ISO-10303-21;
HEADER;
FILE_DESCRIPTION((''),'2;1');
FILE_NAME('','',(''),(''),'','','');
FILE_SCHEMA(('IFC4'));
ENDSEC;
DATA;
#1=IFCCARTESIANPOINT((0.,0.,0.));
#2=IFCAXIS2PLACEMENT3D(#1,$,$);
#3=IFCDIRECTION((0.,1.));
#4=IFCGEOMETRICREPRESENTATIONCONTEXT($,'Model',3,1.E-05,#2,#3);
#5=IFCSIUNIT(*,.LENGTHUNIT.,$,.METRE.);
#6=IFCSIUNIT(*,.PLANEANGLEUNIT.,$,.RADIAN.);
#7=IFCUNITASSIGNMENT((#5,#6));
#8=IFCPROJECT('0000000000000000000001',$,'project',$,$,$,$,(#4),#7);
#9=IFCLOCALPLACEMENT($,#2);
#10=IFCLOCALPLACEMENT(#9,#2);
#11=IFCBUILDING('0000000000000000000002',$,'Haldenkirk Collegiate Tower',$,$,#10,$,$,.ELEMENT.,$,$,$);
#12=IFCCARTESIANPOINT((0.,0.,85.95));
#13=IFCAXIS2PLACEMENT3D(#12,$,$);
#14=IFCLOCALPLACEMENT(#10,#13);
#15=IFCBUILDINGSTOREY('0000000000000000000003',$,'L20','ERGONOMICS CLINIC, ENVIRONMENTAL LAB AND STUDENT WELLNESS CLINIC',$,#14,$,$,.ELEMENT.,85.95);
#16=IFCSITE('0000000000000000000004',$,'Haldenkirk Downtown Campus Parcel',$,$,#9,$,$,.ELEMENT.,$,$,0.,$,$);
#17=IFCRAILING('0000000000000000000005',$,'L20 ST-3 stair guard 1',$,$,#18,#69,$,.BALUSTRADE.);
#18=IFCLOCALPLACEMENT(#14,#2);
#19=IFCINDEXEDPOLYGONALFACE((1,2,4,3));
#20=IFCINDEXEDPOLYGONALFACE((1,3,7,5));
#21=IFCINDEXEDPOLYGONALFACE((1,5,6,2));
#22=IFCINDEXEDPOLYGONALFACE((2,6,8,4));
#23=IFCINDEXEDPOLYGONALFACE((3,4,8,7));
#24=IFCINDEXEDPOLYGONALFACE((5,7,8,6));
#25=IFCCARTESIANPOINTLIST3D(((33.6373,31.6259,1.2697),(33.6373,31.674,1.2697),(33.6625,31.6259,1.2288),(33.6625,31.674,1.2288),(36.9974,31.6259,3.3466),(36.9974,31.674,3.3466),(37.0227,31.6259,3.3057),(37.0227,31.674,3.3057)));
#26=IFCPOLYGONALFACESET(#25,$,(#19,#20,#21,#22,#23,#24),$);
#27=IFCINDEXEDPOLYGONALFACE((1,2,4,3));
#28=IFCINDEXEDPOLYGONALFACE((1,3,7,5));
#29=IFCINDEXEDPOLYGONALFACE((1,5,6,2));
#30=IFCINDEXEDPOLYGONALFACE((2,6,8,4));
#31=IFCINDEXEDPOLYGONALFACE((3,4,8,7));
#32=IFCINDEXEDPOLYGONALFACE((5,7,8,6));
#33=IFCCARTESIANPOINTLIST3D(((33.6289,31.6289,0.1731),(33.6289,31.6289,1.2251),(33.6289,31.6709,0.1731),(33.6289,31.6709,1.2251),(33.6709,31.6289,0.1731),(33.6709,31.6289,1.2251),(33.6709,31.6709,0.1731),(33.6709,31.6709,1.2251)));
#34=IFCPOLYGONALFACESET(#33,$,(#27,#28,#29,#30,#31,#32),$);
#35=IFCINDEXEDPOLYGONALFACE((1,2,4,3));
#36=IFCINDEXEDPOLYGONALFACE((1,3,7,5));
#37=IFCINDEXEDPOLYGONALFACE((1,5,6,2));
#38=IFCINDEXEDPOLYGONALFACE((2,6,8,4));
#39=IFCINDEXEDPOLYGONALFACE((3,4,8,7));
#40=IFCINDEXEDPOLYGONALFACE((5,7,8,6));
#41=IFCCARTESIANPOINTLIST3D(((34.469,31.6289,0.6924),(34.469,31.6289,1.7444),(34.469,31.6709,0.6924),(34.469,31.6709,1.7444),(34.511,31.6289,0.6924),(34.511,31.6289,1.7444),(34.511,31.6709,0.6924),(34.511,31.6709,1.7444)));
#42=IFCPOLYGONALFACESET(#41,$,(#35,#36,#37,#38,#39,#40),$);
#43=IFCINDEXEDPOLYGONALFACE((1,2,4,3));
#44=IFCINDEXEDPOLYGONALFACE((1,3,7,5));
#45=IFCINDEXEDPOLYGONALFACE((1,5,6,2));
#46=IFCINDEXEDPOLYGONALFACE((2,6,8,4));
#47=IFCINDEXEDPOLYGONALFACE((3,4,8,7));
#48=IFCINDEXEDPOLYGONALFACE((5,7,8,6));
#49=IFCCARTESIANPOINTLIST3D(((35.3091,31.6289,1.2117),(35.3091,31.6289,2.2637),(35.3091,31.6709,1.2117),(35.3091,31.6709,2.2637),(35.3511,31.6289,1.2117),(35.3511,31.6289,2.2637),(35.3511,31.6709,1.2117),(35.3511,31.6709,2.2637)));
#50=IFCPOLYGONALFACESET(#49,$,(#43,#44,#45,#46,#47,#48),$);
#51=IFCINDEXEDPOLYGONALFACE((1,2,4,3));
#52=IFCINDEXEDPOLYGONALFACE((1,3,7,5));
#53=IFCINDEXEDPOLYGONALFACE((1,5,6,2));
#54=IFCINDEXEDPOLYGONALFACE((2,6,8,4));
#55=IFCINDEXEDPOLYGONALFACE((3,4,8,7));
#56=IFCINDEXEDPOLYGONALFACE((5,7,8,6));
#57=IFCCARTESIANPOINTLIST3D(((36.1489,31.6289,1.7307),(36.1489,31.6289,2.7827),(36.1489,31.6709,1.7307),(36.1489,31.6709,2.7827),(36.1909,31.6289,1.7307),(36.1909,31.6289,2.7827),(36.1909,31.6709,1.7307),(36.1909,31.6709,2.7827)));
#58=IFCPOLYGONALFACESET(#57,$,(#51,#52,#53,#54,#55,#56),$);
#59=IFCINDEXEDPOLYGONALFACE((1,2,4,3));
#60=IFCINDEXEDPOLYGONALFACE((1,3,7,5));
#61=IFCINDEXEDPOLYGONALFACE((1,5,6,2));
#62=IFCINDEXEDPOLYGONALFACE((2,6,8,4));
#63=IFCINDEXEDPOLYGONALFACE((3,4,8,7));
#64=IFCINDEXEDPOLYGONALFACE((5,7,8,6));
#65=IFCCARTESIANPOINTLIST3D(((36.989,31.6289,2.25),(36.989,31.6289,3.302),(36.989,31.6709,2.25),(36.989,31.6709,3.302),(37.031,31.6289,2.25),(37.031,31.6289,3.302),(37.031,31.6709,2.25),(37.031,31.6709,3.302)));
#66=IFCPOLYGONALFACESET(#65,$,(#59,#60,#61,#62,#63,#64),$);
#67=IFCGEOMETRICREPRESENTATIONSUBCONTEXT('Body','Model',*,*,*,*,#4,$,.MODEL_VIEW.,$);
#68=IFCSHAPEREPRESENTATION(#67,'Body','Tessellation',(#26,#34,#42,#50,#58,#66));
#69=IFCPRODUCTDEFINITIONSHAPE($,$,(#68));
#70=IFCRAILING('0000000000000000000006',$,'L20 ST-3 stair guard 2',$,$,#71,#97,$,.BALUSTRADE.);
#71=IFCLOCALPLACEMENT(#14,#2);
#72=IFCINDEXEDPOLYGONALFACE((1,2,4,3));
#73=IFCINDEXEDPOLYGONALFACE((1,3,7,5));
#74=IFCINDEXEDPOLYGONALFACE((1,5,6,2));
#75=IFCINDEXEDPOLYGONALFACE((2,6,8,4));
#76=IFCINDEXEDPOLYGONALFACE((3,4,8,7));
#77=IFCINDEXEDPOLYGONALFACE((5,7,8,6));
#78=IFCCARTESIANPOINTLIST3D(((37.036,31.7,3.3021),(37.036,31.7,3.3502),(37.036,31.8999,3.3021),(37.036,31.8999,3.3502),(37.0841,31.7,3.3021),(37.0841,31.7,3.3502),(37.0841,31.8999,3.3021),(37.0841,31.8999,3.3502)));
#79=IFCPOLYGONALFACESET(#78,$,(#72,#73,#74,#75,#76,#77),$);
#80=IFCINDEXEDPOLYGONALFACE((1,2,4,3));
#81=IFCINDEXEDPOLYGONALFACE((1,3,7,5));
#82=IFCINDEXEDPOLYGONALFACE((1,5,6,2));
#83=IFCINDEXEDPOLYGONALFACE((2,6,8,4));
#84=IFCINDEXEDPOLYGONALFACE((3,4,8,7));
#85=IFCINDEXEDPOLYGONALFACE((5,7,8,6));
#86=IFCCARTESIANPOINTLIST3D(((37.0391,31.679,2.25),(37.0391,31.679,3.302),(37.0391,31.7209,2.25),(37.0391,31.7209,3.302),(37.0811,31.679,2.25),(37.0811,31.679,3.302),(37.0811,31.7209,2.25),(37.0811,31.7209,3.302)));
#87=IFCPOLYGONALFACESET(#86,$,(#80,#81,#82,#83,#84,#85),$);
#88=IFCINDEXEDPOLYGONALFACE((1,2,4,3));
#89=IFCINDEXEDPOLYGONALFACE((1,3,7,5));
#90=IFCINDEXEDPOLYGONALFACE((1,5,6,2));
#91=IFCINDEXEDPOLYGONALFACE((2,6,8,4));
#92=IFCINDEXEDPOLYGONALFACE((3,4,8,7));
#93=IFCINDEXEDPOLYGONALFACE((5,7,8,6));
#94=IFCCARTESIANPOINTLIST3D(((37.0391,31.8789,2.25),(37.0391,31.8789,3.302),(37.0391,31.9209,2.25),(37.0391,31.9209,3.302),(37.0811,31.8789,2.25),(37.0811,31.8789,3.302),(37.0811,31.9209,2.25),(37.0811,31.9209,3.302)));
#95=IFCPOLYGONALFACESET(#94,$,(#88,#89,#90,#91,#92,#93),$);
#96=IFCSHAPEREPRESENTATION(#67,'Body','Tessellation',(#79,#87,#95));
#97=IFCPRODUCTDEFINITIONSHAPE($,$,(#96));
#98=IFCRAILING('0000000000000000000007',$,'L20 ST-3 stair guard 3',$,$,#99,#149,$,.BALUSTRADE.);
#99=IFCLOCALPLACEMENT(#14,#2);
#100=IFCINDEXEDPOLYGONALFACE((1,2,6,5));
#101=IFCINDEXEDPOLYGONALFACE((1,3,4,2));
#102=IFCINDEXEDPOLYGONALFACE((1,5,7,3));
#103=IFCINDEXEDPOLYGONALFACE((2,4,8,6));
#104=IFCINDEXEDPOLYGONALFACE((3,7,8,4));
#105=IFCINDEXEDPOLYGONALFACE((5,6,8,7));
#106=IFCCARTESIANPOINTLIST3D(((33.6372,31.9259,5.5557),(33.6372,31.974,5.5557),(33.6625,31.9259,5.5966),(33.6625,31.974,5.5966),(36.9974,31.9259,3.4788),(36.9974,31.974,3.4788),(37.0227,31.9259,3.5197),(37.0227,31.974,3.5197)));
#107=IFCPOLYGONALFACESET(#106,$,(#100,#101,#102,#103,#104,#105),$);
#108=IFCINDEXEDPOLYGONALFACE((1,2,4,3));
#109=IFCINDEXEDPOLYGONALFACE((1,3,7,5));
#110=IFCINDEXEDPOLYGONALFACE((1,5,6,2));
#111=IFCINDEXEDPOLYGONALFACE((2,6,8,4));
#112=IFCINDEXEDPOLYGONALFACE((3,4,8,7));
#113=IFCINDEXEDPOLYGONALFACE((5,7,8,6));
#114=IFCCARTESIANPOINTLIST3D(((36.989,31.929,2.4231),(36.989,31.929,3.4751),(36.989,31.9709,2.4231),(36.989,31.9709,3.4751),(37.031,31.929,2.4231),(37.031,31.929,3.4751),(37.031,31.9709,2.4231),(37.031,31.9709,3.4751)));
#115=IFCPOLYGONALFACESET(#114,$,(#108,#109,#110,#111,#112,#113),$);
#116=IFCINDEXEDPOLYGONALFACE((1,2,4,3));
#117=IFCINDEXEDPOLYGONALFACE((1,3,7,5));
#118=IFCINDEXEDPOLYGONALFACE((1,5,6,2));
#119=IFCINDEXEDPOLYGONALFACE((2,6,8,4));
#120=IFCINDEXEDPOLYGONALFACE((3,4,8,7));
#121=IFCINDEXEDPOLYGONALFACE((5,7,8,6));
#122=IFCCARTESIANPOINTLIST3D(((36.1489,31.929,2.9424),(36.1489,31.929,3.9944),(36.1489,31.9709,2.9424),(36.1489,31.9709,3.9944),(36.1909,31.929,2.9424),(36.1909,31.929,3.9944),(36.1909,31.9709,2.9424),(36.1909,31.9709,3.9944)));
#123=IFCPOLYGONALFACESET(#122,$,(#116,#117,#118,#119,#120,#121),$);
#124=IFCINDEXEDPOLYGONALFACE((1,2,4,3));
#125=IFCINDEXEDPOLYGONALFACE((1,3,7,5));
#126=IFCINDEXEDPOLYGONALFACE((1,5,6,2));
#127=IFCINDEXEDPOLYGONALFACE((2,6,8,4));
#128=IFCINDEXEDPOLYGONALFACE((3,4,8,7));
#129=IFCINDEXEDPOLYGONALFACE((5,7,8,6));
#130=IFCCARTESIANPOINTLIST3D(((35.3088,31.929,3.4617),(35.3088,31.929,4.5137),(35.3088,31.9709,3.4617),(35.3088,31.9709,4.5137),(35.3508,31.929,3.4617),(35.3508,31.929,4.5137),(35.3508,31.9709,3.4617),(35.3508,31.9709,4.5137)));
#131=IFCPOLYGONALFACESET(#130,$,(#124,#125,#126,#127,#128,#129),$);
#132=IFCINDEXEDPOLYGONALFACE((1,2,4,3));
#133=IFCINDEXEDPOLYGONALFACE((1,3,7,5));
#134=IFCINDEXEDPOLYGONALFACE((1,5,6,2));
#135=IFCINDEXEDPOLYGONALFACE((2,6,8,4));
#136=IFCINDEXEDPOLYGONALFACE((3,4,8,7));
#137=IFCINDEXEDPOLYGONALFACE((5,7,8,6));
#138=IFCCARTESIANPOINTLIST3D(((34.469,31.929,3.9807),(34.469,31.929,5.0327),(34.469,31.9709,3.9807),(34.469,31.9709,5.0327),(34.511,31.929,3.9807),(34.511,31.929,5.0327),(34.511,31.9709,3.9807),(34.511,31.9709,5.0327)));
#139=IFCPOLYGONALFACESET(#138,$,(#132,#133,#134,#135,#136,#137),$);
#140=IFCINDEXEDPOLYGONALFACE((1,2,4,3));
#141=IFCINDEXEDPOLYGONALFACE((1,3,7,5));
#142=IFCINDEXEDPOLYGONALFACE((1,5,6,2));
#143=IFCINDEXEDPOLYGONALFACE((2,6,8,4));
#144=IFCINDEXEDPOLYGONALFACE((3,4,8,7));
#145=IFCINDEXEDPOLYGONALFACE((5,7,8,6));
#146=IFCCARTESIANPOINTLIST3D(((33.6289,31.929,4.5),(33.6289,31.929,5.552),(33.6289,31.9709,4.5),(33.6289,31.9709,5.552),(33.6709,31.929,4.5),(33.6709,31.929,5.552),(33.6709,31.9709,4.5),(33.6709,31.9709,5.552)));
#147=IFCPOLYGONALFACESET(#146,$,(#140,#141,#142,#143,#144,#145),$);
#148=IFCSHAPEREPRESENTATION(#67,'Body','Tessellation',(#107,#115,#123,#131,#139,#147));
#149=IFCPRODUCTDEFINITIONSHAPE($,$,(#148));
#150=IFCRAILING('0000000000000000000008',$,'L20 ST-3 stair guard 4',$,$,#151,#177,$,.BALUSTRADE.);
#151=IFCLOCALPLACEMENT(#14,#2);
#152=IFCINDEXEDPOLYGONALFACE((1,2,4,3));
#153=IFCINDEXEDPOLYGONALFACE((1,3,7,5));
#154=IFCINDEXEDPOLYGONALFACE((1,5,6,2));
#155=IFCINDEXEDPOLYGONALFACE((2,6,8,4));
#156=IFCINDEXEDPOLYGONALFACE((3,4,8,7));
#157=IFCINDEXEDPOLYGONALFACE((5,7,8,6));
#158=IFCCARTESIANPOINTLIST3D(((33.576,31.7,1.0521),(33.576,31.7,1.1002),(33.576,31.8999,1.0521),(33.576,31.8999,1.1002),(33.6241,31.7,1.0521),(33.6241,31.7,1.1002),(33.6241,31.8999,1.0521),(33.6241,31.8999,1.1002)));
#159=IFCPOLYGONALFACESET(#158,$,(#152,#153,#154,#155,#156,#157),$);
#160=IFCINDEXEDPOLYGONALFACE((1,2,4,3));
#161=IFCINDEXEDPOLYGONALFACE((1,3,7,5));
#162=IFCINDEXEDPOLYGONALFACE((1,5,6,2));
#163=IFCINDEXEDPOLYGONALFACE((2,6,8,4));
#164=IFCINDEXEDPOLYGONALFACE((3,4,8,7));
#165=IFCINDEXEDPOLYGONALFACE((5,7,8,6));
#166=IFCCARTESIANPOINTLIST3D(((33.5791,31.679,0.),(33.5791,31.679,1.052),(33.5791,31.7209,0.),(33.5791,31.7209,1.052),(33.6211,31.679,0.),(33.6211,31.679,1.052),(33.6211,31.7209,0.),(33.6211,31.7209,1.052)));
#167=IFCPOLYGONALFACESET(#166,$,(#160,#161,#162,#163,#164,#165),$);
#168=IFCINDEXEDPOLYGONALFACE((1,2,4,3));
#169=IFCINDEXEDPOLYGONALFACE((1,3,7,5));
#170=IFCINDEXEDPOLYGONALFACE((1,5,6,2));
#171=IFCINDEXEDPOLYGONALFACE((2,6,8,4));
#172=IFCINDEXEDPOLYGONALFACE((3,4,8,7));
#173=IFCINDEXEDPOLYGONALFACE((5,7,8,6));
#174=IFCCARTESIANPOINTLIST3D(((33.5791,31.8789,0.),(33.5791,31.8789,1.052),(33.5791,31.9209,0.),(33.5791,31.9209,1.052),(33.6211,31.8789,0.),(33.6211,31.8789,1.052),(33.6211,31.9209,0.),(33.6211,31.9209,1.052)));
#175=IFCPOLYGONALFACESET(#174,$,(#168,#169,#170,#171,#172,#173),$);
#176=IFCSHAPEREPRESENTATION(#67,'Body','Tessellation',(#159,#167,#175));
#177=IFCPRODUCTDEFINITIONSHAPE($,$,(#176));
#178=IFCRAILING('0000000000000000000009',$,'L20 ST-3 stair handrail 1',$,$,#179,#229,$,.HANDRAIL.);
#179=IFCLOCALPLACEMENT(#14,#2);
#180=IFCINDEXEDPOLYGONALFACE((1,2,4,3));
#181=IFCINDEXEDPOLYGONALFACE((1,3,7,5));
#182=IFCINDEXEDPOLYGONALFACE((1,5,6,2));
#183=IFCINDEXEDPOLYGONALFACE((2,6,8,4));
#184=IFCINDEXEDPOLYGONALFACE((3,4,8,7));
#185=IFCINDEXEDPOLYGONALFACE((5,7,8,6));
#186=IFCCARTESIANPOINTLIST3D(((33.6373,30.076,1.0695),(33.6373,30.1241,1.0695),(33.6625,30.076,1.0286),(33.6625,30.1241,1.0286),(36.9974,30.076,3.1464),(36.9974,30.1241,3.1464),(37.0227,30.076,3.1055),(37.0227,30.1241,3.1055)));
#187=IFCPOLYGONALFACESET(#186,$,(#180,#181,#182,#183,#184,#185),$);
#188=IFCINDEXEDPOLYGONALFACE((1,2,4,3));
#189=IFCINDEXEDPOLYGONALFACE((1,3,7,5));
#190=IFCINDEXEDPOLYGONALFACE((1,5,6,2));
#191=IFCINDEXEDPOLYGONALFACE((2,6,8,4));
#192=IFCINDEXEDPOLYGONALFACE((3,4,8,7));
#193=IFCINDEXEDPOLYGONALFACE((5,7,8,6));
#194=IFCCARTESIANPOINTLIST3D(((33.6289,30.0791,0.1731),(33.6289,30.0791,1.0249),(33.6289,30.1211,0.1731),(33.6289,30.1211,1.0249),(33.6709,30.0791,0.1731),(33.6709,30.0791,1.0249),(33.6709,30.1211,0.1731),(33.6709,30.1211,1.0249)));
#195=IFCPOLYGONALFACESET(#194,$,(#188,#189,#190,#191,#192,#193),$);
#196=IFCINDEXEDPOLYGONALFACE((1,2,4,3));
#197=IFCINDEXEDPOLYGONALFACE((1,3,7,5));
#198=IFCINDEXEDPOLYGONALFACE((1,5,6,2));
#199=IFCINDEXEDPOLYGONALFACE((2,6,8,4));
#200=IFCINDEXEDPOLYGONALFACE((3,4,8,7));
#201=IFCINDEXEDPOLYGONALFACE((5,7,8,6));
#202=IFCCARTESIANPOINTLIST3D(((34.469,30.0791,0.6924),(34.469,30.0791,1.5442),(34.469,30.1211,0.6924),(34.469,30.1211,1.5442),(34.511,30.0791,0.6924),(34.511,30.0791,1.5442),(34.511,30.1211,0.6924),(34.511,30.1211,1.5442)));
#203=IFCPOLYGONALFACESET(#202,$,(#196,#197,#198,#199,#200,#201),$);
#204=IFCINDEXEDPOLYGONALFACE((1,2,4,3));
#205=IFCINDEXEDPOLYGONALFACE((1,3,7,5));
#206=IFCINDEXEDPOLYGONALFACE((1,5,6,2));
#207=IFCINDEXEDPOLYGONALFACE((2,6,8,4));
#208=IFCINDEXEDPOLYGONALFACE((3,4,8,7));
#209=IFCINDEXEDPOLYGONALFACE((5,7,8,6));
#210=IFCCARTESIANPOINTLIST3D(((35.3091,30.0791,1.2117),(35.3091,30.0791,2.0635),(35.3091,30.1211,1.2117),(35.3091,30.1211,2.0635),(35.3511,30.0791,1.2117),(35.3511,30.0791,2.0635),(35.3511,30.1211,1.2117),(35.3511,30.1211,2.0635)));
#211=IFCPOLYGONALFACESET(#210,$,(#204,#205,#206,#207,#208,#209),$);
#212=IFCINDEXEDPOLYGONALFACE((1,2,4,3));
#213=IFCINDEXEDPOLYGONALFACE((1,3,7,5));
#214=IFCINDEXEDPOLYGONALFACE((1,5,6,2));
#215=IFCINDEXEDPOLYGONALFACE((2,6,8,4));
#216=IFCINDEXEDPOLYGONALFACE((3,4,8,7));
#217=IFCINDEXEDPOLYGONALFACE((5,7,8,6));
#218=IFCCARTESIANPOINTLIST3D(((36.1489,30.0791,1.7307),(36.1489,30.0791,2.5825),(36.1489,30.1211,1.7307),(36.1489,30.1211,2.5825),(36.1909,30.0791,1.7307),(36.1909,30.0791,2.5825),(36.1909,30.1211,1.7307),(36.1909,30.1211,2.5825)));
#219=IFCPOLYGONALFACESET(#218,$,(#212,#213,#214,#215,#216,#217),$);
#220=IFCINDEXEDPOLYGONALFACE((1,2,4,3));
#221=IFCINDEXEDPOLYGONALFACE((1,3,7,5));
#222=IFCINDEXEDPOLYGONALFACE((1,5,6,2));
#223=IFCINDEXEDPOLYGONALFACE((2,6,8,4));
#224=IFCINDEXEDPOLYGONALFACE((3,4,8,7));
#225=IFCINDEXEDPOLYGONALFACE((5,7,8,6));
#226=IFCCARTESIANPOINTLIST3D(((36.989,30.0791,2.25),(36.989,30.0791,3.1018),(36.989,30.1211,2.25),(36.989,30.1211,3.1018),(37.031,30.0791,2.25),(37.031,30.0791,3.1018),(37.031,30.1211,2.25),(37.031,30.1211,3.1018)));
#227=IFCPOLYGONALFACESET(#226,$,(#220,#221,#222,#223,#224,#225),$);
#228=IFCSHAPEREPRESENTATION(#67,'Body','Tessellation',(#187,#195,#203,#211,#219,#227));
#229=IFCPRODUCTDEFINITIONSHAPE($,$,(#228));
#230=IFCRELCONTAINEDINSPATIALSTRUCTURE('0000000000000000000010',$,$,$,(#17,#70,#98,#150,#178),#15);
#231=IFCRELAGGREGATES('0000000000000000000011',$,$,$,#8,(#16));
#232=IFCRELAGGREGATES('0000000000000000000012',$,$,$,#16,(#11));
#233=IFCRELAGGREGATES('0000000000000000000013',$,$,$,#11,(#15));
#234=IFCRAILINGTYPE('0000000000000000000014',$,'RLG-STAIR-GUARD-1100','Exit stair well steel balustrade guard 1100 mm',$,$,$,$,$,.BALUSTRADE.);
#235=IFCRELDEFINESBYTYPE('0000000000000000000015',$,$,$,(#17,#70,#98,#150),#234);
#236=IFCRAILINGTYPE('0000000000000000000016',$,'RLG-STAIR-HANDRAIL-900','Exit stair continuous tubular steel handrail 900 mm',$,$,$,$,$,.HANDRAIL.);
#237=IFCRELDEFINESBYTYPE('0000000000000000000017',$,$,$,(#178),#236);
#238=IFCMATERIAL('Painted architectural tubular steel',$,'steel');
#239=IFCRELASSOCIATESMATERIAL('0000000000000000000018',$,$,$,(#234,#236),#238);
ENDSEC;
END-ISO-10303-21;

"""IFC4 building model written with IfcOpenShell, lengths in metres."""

from ifc_helpers import new_model, si_unit, direction, frame, origin, origin_2d, place, context, subcontext, project, spatial, rectangle, extrude, material, type_object, element, save


model = new_model("IFC4")

# Units and contexts
model_context = context("Model", 3, precision=1e-05, world=origin(), true_north=direction((0.0, 1.0)))
body_context = subcontext(model_context, "Body", "Model", "MODEL_VIEW")
ifc_project = project(units=[si_unit("LENGTHUNIT", "METRE"), si_unit("PLANEANGLEUNIT", "RADIAN")], contexts=[model_context])

# Site, building, storey
site_placement = place(None, origin())
site = spatial("IfcSite", under=ifc_project, at=site_placement, Name="Haldenkirk Downtown Campus Parcel", CompositionType="ELEMENT", RefElevation=0.0)
building_placement = place(site_placement, origin())
building = spatial("IfcBuilding", under=site, at=building_placement, Name="Haldenkirk Collegiate Tower", CompositionType="ELEMENT")
storey_placement = place(building_placement, frame((0.0, 0.0, 85.95)))
storey = spatial("IfcBuildingStorey", under=building, at=storey_placement, Name="L20", Description="ERGONOMICS CLINIC, ENVIRONMENTAL LAB AND STUDENT WELLNESS CLINIC", CompositionType="ELEMENT", Elevation=85.95)

# Railings
ifc_material_1 = material(Name="Painted architectural tubular steel", Category="steel")
railing_type_1 = type_object("IfcRailingType", Name="RLG-STAIR-GUARD-1100", Description="Exit stair well steel balustrade guard 1100 mm", PredefinedType="BALUSTRADE", material=ifc_material_1)
railing_1_placement = place(storey_placement, frame((33.6499, 31.6499, 0.1731)))
element("IfcRailing", 1, at=railing_1_placement, inside=storey, type_object=railing_type_1, Name="L20 ST-3 stair guard 1", PredefinedType="BALUSTRADE", context=body_context, shape_type="SweptSolid", body=[
    extrude(rectangle(XDim=0.0481, YDim=0.0481, at=origin_2d()), frame((0.0, 0.0, 1.0762), z_axis=(0.850623, 0.0, 0.525776), x_axis=(0.0, 1.0, 0.0)), (0.0, 0.0, 1.0), 3.9502),
    extrude(rectangle(XDim=0.042, YDim=0.042, at=origin_2d()), origin(), (0.0, 0.0, 1.0), 1.052),
    extrude(rectangle(XDim=0.042, YDim=0.042, at=origin_2d()), frame((0.8401, 0.0, 0.5193)), (0.0, 0.0, 1.0), 1.052),
    extrude(rectangle(XDim=0.042, YDim=0.042, at=origin_2d()), frame((1.6802, 0.0, 1.0386)), (0.0, 0.0, 1.0), 1.052),
    extrude(rectangle(XDim=0.042, YDim=0.042, at=origin_2d()), frame((2.52, 0.0, 1.5576)), (0.0, 0.0, 1.0), 1.052),
    extrude(rectangle(XDim=0.042, YDim=0.042, at=origin_2d()), frame((3.3601, 0.0, 2.0769)), (0.0, 0.0, 1.0), 1.052),
])
railing_2_placement = place(storey_placement, frame((37.0601, 31.7, 2.25)))
element("IfcRailing", 2, at=railing_2_placement, inside=storey, type_object=railing_type_1, Name="L20 ST-3 stair guard 2", PredefinedType="BALUSTRADE", context=body_context, shape_type="SweptSolid", body=[
    extrude(rectangle(XDim=0.0481, YDim=0.0481, at=origin_2d()), frame((0.0, 0.0, 1.0762), z_axis=(0.0, 1.0, 0.0), x_axis=(-1.0, 0.0, 0.0)), (0.0, 0.0, 1.0), 0.2),
    extrude(rectangle(XDim=0.042, YDim=0.042, at=origin_2d()), origin(), (0.0, 0.0, 1.0), 1.052),
    extrude(rectangle(XDim=0.042, YDim=0.042, at=origin_2d()), frame((0.0, 0.2, 0.0)), (0.0, 0.0, 1.0), 1.052),
])
railing_3_placement = place(storey_placement, frame((37.01, 31.95, 2.4231)))
element("IfcRailing", 3, at=railing_3_placement, inside=storey, type_object=railing_type_1, Name="L20 ST-3 stair guard 3", PredefinedType="BALUSTRADE", context=body_context, shape_type="SweptSolid", body=[
    extrude(rectangle(XDim=0.0481, YDim=0.0481, at=origin_2d()), frame((0.0, 0.0, 1.0762), z_axis=(-0.850623, 0.0, 0.525776), x_axis=(0.0, -1.0, 0.0)), (0.0, 0.0, 1.0), 3.9502),
    extrude(rectangle(XDim=0.042, YDim=0.042, at=origin_2d()), origin(), (0.0, 0.0, 1.0), 1.052),
    extrude(rectangle(XDim=0.042, YDim=0.042, at=origin_2d()), frame((-0.8401, 0.0, 0.5193)), (0.0, 0.0, 1.0), 1.052),
    extrude(rectangle(XDim=0.042, YDim=0.042, at=origin_2d()), frame((-1.6802, 0.0, 1.0386)), (0.0, 0.0, 1.0), 1.052),
    extrude(rectangle(XDim=0.042, YDim=0.042, at=origin_2d()), frame((-2.52, 0.0, 1.5576)), (0.0, 0.0, 1.0), 1.052),
    extrude(rectangle(XDim=0.042, YDim=0.042, at=origin_2d()), frame((-3.3601, 0.0, 2.0769)), (0.0, 0.0, 1.0), 1.052),
])
railing_4_placement = place(storey_placement, frame((33.6001, 31.7, 0.0)))
element("IfcRailing", 4, at=railing_4_placement, inside=storey, type_object=railing_type_1, Name="L20 ST-3 stair guard 4", PredefinedType="BALUSTRADE", context=body_context, shape_type="SweptSolid", body=[
    extrude(rectangle(XDim=0.0481, YDim=0.0481, at=origin_2d()), frame((0.0, 0.0, 1.0762), z_axis=(0.0, 1.0, 0.0), x_axis=(-1.0, 0.0, 0.0)), (0.0, 0.0, 1.0), 0.2),
    extrude(rectangle(XDim=0.042, YDim=0.042, at=origin_2d()), origin(), (0.0, 0.0, 1.0), 1.052),
    extrude(rectangle(XDim=0.042, YDim=0.042, at=origin_2d()), frame((0.0, 0.2, 0.0)), (0.0, 0.0, 1.0), 1.052),
])
railing_type_2 = type_object("IfcRailingType", Name="RLG-STAIR-HANDRAIL-900", Description="Exit stair continuous tubular steel handrail 900 mm", PredefinedType="HANDRAIL", material=ifc_material_1)
railing_5_placement = place(storey_placement, frame((33.6499, 30.1001, 0.1731)))
element("IfcRailing", 5, at=railing_5_placement, inside=storey, type_object=railing_type_2, Name="L20 ST-3 stair handrail 1", PredefinedType="HANDRAIL", context=body_context, shape_type="SweptSolid", body=[
    extrude(rectangle(XDim=0.0481, YDim=0.0481, at=origin_2d()), frame((0.0, 0.0, 0.876), z_axis=(0.850623, 0.0, 0.525776), x_axis=(0.0, 1.0, 0.0)), (0.0, 0.0, 1.0), 3.9502),
    extrude(rectangle(XDim=0.042, YDim=0.042, at=origin_2d()), origin(), (0.0, 0.0, 1.0), 0.8518),
    extrude(rectangle(XDim=0.042, YDim=0.042, at=origin_2d()), frame((0.8401, 0.0, 0.5193)), (0.0, 0.0, 1.0), 0.8518),
    extrude(rectangle(XDim=0.042, YDim=0.042, at=origin_2d()), frame((1.6802, 0.0, 1.0386)), (0.0, 0.0, 1.0), 0.8518),
    extrude(rectangle(XDim=0.042, YDim=0.042, at=origin_2d()), frame((2.52, 0.0, 1.5576)), (0.0, 0.0, 1.0), 0.8518),
    extrude(rectangle(XDim=0.042, YDim=0.042, at=origin_2d()), frame((3.3601, 0.0, 2.0769)), (0.0, 0.0, 1.0), 0.8518),
])

save(model, "model.ifc")
